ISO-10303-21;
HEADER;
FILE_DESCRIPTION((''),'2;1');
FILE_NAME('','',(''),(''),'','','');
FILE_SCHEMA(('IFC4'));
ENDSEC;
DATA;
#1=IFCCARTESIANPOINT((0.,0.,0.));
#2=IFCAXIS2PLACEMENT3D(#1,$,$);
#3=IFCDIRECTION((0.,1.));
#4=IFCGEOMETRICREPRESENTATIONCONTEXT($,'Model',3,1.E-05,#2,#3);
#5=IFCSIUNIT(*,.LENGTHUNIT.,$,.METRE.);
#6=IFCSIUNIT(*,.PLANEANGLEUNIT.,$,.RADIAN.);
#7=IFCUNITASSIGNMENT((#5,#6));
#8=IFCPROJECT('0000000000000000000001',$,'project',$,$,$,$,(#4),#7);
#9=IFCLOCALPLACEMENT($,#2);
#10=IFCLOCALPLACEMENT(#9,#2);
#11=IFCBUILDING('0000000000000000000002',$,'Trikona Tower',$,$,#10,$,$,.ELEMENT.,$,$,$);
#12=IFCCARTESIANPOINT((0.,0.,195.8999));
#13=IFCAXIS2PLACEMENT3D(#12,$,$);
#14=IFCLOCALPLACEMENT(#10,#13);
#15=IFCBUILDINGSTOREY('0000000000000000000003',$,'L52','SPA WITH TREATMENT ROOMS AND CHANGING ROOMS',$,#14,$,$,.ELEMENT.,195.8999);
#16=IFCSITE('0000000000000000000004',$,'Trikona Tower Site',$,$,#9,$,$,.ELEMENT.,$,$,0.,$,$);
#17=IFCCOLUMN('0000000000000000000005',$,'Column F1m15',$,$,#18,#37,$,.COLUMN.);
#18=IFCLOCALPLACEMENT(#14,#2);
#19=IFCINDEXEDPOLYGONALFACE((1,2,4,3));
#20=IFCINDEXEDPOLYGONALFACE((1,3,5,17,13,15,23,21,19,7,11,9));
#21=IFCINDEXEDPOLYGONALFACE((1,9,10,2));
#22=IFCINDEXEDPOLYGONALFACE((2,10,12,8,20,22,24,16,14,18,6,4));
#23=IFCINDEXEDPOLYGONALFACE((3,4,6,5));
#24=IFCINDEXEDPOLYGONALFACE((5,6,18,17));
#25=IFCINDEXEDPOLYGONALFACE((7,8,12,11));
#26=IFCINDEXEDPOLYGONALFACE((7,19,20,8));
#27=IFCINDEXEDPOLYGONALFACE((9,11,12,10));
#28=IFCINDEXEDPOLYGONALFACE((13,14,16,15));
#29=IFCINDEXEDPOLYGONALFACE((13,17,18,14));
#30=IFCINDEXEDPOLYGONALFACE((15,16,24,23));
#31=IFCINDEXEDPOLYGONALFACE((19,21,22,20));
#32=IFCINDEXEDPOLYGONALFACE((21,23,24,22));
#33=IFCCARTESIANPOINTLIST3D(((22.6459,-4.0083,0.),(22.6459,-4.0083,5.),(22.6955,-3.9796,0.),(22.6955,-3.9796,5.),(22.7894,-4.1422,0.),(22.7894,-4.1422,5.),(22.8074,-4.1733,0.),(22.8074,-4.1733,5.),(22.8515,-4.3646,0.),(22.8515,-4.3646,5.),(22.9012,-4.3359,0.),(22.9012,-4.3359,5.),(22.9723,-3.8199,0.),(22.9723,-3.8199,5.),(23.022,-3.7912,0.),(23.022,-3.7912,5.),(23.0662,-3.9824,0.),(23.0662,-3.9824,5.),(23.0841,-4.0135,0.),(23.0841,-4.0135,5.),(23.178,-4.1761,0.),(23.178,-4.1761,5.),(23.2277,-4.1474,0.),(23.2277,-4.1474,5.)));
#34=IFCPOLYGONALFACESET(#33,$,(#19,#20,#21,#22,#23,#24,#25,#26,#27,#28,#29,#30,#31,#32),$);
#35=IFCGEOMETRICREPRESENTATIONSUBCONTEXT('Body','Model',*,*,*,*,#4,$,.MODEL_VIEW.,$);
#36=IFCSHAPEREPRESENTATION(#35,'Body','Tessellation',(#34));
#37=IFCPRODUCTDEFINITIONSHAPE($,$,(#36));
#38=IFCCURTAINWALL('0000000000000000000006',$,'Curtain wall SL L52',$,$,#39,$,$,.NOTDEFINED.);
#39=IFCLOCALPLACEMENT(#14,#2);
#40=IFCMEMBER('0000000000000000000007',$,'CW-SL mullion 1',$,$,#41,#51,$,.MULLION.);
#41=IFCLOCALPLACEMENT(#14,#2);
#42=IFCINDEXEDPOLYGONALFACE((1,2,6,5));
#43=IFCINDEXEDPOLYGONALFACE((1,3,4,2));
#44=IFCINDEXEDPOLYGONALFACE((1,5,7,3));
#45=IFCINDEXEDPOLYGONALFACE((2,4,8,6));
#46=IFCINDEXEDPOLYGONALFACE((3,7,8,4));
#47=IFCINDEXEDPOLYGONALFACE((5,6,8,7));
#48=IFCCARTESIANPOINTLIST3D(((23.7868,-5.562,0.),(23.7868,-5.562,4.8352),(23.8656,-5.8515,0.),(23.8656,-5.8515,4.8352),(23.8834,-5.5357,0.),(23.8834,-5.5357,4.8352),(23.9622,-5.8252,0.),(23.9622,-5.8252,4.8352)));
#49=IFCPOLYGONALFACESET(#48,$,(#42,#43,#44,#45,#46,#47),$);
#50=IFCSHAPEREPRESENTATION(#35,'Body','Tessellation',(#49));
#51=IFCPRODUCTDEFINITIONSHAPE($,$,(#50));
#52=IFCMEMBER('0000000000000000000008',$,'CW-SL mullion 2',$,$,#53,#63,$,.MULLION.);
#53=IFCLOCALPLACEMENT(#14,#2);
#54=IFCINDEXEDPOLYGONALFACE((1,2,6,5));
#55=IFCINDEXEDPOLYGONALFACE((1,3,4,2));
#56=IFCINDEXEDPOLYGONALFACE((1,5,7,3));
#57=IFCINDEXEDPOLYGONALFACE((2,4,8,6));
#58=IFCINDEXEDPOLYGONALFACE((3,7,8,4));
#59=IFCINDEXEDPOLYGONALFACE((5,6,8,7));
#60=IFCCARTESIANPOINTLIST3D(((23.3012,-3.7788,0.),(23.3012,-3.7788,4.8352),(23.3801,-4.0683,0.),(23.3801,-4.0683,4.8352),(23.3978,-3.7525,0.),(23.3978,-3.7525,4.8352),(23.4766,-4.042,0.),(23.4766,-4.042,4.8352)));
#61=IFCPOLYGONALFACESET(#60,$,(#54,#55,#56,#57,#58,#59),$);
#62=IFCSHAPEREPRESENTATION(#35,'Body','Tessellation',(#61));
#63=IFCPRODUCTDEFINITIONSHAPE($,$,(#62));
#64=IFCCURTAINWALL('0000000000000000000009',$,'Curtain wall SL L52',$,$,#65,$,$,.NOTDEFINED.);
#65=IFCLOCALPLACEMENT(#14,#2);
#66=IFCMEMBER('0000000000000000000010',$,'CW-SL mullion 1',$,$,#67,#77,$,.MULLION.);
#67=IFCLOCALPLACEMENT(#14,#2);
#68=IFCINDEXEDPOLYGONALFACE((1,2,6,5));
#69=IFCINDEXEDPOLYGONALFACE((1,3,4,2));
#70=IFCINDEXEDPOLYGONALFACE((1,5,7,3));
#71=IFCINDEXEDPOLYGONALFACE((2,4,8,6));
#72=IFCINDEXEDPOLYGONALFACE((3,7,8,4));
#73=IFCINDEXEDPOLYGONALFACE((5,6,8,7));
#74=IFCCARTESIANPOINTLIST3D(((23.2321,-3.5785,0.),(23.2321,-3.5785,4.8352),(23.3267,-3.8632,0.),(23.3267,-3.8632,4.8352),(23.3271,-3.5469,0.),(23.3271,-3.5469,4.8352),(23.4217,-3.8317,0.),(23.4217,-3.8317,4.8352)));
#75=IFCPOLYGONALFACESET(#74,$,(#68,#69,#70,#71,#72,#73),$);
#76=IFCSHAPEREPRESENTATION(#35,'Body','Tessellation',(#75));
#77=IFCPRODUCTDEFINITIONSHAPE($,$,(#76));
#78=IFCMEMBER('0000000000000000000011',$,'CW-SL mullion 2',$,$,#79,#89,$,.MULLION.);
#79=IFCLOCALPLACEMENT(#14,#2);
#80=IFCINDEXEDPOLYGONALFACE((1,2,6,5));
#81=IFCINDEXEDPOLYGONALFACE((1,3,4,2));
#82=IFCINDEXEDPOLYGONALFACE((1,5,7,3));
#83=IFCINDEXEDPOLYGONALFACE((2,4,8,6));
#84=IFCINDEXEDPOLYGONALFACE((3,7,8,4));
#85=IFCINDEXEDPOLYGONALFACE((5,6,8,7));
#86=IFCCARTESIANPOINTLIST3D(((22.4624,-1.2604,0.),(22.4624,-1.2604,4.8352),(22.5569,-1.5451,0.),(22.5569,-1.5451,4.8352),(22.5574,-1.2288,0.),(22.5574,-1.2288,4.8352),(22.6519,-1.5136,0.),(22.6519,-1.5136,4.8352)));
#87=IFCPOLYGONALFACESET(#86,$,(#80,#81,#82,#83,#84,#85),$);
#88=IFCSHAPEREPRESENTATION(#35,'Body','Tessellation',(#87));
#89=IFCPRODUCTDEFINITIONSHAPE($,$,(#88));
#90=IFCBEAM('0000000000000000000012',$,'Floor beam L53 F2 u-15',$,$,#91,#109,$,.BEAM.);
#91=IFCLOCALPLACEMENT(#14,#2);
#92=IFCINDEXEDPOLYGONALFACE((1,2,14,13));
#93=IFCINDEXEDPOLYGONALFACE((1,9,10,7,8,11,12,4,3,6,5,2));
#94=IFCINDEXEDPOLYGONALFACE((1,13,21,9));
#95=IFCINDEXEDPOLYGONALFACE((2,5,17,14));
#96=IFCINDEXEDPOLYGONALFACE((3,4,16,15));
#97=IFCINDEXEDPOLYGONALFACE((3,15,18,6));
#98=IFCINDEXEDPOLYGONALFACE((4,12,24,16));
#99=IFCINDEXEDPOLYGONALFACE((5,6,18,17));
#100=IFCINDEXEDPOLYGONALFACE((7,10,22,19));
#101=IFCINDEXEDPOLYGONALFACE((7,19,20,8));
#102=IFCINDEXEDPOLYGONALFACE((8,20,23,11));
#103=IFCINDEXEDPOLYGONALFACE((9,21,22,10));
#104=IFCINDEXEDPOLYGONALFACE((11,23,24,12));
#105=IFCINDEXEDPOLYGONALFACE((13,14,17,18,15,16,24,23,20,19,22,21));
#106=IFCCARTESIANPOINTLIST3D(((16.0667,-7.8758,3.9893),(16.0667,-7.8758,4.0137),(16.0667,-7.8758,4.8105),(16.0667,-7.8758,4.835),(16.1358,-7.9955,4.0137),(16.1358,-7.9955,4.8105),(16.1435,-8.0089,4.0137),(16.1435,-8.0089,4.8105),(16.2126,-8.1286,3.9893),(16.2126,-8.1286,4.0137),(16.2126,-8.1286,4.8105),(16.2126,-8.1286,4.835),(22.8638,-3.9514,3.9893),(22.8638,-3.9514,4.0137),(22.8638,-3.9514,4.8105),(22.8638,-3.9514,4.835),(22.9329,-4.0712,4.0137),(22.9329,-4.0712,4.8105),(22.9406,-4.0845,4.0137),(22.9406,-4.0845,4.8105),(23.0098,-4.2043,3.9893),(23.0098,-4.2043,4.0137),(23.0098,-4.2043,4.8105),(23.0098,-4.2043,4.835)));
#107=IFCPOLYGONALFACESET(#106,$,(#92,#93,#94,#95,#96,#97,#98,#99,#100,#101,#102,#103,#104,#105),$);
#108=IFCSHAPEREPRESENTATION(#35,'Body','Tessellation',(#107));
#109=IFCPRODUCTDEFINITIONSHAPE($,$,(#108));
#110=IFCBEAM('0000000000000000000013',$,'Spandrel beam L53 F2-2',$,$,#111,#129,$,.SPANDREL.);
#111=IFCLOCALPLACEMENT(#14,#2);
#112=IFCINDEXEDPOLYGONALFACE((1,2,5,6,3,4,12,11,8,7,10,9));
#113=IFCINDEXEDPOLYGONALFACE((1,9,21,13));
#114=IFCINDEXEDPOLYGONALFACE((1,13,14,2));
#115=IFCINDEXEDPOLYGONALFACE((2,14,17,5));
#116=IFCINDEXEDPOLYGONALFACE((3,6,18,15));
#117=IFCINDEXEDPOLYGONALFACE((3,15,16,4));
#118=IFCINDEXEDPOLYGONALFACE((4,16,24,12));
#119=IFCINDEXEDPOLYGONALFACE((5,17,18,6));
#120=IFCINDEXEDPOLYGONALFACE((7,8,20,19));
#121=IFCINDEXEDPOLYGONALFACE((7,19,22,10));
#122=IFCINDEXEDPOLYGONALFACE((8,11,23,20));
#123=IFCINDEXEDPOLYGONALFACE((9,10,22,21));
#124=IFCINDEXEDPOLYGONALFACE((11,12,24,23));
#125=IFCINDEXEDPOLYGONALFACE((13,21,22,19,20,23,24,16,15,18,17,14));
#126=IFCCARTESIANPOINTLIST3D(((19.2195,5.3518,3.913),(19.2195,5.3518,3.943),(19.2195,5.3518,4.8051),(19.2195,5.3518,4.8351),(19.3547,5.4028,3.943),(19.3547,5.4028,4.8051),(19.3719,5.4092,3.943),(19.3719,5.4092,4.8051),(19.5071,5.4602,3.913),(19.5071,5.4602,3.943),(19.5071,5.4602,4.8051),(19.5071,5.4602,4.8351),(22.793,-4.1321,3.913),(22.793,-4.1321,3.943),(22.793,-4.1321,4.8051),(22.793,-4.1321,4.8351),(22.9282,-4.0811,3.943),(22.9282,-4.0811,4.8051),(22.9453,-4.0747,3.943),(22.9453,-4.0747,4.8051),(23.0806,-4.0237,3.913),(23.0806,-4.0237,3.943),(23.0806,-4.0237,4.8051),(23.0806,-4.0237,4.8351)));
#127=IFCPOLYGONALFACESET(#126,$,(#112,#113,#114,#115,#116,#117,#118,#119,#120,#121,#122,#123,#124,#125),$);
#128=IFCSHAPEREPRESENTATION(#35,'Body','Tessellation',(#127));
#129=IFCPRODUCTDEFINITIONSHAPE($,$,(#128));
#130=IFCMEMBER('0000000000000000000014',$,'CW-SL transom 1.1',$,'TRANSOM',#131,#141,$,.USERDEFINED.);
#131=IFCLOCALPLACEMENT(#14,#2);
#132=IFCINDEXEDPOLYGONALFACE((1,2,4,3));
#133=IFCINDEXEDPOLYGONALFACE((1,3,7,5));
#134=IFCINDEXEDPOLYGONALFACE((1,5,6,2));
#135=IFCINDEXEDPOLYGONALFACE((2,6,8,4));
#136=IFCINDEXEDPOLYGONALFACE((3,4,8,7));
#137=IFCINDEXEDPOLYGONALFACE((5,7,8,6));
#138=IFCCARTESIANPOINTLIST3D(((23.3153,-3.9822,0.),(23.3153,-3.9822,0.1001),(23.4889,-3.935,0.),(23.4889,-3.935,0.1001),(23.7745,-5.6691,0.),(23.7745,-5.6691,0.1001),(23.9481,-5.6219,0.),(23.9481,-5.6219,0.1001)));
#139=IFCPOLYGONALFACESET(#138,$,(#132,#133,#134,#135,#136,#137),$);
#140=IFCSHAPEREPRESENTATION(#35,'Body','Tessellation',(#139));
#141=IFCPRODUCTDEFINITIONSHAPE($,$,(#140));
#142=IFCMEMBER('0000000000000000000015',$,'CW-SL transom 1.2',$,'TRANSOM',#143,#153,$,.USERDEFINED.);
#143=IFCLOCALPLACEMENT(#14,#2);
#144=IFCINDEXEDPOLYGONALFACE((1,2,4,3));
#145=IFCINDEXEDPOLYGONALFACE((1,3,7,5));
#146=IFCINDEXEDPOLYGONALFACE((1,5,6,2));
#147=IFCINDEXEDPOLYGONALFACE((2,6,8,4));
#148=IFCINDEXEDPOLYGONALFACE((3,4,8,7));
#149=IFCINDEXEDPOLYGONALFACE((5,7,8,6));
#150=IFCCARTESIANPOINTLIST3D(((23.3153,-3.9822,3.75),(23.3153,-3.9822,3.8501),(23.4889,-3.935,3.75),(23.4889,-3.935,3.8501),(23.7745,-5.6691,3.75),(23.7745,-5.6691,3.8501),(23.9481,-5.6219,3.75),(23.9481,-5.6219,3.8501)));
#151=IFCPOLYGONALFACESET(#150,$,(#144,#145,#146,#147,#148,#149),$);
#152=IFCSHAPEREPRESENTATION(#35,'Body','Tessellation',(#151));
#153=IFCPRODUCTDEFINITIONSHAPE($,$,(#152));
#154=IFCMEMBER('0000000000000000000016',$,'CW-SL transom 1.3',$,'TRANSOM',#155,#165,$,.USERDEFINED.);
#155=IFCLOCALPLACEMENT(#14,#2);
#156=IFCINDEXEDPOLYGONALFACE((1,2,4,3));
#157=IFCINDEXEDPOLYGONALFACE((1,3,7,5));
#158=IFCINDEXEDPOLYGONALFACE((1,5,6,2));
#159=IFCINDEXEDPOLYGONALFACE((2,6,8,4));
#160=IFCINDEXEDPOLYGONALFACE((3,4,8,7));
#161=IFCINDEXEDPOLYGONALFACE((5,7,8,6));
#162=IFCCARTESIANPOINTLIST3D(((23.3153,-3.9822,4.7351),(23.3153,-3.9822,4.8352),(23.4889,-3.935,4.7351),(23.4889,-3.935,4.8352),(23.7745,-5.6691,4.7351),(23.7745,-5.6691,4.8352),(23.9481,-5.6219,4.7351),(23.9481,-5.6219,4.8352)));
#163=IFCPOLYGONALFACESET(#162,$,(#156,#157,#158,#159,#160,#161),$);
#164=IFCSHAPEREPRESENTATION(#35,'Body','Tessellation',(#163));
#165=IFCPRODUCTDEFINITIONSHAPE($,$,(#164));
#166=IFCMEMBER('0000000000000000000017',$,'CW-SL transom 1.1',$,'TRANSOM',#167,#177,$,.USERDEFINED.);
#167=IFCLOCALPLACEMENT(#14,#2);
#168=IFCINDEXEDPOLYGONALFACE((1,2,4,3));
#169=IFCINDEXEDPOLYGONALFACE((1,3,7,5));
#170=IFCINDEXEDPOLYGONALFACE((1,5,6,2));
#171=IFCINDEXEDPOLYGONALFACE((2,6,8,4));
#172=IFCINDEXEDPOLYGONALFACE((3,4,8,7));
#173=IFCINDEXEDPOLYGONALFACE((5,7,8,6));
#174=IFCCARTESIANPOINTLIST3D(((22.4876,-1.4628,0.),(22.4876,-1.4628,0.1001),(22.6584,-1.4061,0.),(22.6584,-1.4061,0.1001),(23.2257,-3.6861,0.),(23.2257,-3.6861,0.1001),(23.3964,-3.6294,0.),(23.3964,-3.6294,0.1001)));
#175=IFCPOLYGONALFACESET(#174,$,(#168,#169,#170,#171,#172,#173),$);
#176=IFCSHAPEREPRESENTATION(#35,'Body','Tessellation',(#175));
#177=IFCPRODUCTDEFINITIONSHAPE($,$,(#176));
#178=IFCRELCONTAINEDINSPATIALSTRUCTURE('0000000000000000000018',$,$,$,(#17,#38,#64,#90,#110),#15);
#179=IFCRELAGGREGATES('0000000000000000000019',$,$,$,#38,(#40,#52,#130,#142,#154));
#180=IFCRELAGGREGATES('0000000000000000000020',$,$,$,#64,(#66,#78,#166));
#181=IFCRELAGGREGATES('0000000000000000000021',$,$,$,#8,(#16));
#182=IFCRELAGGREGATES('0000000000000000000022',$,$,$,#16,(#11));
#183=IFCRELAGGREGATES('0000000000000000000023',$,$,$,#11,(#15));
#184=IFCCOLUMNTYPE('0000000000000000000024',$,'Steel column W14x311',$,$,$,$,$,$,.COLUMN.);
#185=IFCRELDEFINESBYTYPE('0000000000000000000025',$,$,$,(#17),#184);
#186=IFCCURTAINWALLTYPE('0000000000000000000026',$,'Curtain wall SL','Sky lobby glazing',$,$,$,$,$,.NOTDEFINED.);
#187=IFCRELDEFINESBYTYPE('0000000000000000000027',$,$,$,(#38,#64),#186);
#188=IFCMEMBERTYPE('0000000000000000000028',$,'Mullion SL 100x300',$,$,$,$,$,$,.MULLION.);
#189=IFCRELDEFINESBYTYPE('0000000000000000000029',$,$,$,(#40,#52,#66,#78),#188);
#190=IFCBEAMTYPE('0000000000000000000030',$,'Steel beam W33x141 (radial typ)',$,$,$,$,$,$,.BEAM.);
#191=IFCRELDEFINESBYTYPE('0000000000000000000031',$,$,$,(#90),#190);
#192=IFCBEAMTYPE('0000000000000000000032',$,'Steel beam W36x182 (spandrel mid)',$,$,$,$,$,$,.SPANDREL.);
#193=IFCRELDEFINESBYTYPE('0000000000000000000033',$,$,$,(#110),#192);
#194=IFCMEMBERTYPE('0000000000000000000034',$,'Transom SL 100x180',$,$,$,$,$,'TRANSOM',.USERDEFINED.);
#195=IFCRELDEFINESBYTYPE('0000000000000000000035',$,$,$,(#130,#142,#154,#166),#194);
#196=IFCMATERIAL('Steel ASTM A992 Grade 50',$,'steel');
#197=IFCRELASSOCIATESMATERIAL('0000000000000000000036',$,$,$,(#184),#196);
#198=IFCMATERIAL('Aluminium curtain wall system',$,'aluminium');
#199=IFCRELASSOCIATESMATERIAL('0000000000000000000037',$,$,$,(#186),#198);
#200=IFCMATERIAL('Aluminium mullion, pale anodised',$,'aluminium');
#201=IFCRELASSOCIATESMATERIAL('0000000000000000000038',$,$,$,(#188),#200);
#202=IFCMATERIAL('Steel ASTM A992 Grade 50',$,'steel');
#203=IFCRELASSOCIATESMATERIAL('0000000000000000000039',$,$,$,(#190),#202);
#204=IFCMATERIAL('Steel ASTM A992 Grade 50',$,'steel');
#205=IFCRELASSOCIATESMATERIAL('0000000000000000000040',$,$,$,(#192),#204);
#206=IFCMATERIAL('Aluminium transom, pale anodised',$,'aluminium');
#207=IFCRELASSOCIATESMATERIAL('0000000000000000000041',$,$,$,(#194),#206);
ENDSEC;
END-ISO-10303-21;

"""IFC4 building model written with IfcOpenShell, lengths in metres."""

from ifc_helpers import new_model, si_unit, direction, frame, origin, origin_2d, place, context, subcontext, project, spatial, rectangle, i_section, extrude, material, material_profile, profile_set, type_object, element, aggregate, save


model = new_model("IFC4")

# Units and contexts
model_context = context("Model", 3, precision=1e-05, world=origin(), true_north=direction((0.0, 1.0)))
body_context = subcontext(model_context, "Body", "Model", "MODEL_VIEW")
ifc_project = project(units=[si_unit("LENGTHUNIT", "METRE"), si_unit("PLANEANGLEUNIT", "RADIAN")], contexts=[model_context])

# Site, building, storey
site_placement = place(None, origin())
site = spatial("IfcSite", under=ifc_project, at=site_placement, Name="Trikona Tower Site", CompositionType="ELEMENT", RefElevation=0.0)
building_placement = place(site_placement, origin())
building = spatial("IfcBuilding", under=site, at=building_placement, Name="Trikona Tower", CompositionType="ELEMENT")
storey_placement = place(building_placement, frame((0.0, 0.0, 195.8999)))
storey = spatial("IfcBuildingStorey", under=building, at=storey_placement, Name="L52", Description="SPA WITH TREATMENT ROOMS AND CHANGING ROOMS", CompositionType="ELEMENT", Elevation=195.8999)

# Column
ifc_material_1 = material(Name="Steel ASTM A992 Grade 50", Category="steel")
ifc_material_profile_1 = material_profile(ifc_material_1, i_section(OverallWidth=0.4114, OverallDepth=0.4343, WebThickness=0.0359, FlangeThickness=0.0574, at=origin_2d()), Name="W14X311")
ifc_profile_set_1 = profile_set([ifc_material_profile_1], Name="Steel ASTM A992 Grade 50")
column_type = type_object("IfcColumnType", Name="Steel column W14x311", PredefinedType="COLUMN", material=ifc_profile_set_1)
column_placement = place(storey_placement, frame((22.9368, -4.0779, 0.0), z_axis=(0.0, 0.0, 1.0), x_axis=(-0.5, 0.866025, 0.0)))
element("IfcColumn", 1, at=column_placement, inside=storey, type_object=column_type, Name="Column F1m15", PredefinedType="COLUMN", context=body_context, shape_type="SweptSolid", body=[
    extrude(i_section(OverallWidth=0.4114, OverallDepth=0.4343, WebThickness=0.0359, FlangeThickness=0.0574, at=origin_2d()), origin(), (0.0, 0.0, 1.0), 5.0),
])

# Curtain walls, members
ifc_material_2 = material(Name="Aluminium curtain wall system", Category="aluminium")
curtain_wall_type = type_object("IfcCurtainWallType", Name="Curtain wall SL", Description="Sky lobby glazing", PredefinedType="NOTDEFINED", material=ifc_material_2)
curtain_wall_1_placement = place(storey_placement, origin())
curtain_wall_1 = element("IfcCurtainWall", 2, at=curtain_wall_1_placement, inside=storey, type_object=curtain_wall_type, Name="Curtain wall SL L52", PredefinedType="NOTDEFINED")
ifc_material_3 = material(Name="Aluminium mullion, pale anodised", Category="aluminium")
ifc_material_profile_2 = material_profile(ifc_material_3, rectangle(XDim=0.1001, YDim=0.3, at=origin_2d()), Name="MUL-SL")
ifc_profile_set_2 = profile_set([ifc_material_profile_2], Name="Aluminium mullion, pale anodised")
member_type_1 = type_object("IfcMemberType", Name="Mullion SL 100x300", PredefinedType="MULLION", material=ifc_profile_set_2)
member_1_placement = place(storey_placement, frame((23.8745, -5.6936, 0.0), z_axis=(0.0, 0.0, 1.0), x_axis=(-0.964851, -0.262796, 0.0)))
member_1 = element("IfcMember", 3, at=member_1_placement, type_object=member_type_1, Name="CW-SL mullion 1", PredefinedType="MULLION", context=body_context, shape_type="SweptSolid", body=[
    extrude(rectangle(XDim=0.1001, YDim=0.3, at=origin_2d()), origin(), (0.0, 0.0, 1.0), 4.8352),
])
member_2_placement = place(storey_placement, frame((23.3889, -3.9104, 0.0), z_axis=(0.0, 0.0, 1.0), x_axis=(-0.964851, -0.262796, 0.0)))
member_2 = element("IfcMember", 4, at=member_2_placement, type_object=member_type_1, Name="CW-SL mullion 2", PredefinedType="MULLION", context=body_context, shape_type="SweptSolid", body=[
    extrude(rectangle(XDim=0.1001, YDim=0.3, at=origin_2d()), origin(), (0.0, 0.0, 1.0), 4.8352),
])
curtain_wall_2_placement = place(storey_placement, origin())
curtain_wall_2 = element("IfcCurtainWall", 5, at=curtain_wall_2_placement, inside=storey, type_object=curtain_wall_type, Name="Curtain wall SL L52", PredefinedType="NOTDEFINED")
member_3_placement = place(storey_placement, frame((23.3269, -3.7051, 0.0), z_axis=(0.0, 0.0, 1.0), x_axis=(-0.94906, -0.315096, 0.0)))
member_3 = element("IfcMember", 6, at=member_3_placement, type_object=member_type_1, Name="CW-SL mullion 1", PredefinedType="MULLION", context=body_context, shape_type="SweptSolid", body=[
    extrude(rectangle(XDim=0.1001, YDim=0.3, at=origin_2d()), origin(), (0.0, 0.0, 1.0), 4.8352),
])
member_4_placement = place(storey_placement, frame((22.5571, -1.387, 0.0), z_axis=(0.0, 0.0, 1.0), x_axis=(-0.94906, -0.315096, 0.0)))
member_4 = element("IfcMember", 7, at=member_4_placement, type_object=member_type_1, Name="CW-SL mullion 2", PredefinedType="MULLION", context=body_context, shape_type="SweptSolid", body=[
    extrude(rectangle(XDim=0.1001, YDim=0.3, at=origin_2d()), origin(), (0.0, 0.0, 1.0), 4.8352),
])

# Beams
ifc_material_4 = material(Name="Steel ASTM A992 Grade 50", Category="steel")
ifc_material_profile_3 = material_profile(ifc_material_4, i_section(OverallWidth=0.292, OverallDepth=0.8457, WebThickness=0.0154, FlangeThickness=0.0244, at=origin_2d()), Name="W33X141")
ifc_profile_set_3 = profile_set([ifc_material_profile_3], Name="Steel ASTM A992 Grade 50")
beam_type_1 = type_object("IfcBeamType", Name="Steel beam W33x141 (radial typ)", PredefinedType="BEAM", material=ifc_profile_set_3)
beam_1_placement = place(storey_placement, frame((16.1396, -8.0022, 4.4121), z_axis=(0.866026, 0.5, 0.0), x_axis=(-0.5, 0.866026, 0.0)))
element("IfcBeam", 8, at=beam_1_placement, inside=storey, type_object=beam_type_1, Name="Floor beam L53 F2 u-15", PredefinedType="BEAM", context=body_context, shape_type="SweptSolid", body=[
    extrude(i_section(OverallWidth=0.292, OverallDepth=0.8457, WebThickness=0.0154, FlangeThickness=0.0244, at=origin_2d()), origin(), (0.0, 0.0, 1.0), 7.8486),
])
ifc_material_5 = material(Name="Steel ASTM A992 Grade 50", Category="steel")
ifc_material_profile_4 = material_profile(ifc_material_5, i_section(OverallWidth=0.3074, OverallDepth=0.9221, WebThickness=0.0183, FlangeThickness=0.03, at=origin_2d()), Name="W36X182")
ifc_profile_set_4 = profile_set([ifc_material_profile_4], Name="Steel ASTM A992 Grade 50")
beam_type_2 = type_object("IfcBeamType", Name="Steel beam W36x182 (spandrel mid)", PredefinedType="SPANDREL", material=ifc_profile_set_4)
beam_2_placement = place(storey_placement, frame((22.9368, -4.0779, 4.374), z_axis=(-0.352596, 0.935776, 0.0), x_axis=(-0.935776, -0.352596, 0.0)))
element("IfcBeam", 9, at=beam_2_placement, inside=storey, type_object=beam_type_2, Name="Spandrel beam L53 F2-2", PredefinedType="SPANDREL", context=body_context, shape_type="SweptSolid", body=[
    extrude(i_section(OverallWidth=0.3074, OverallDepth=0.9221, WebThickness=0.0183, FlangeThickness=0.03, at=origin_2d()), origin(), (0.0, 0.0, 1.0), 10.1348),
])

# Members
ifc_material_6 = material(Name="Aluminium transom, pale anodised", Category="aluminium")
ifc_material_profile_5 = material_profile(ifc_material_6, rectangle(XDim=0.1799, YDim=0.1001, at=origin_2d()), Name="TRN-SL")
ifc_profile_set_5 = profile_set([ifc_material_profile_5], Name="Aluminium transom, pale anodised")
member_type_2 = type_object("IfcMemberType", Name="Transom SL 100x180", ElementType="TRANSOM", PredefinedType="USERDEFINED", material=ifc_profile_set_5)
member_5_placement = place(storey_placement, frame((23.8613, -5.6455, 0.05), z_axis=(-0.262657, 0.964889, 0.0), x_axis=(-0.964889, -0.262657, 0.0)))
member_5 = element("IfcMember", 10, at=member_5_placement, type_object=member_type_2, Name="CW-SL transom 1.1", ObjectType="TRANSOM", PredefinedType="USERDEFINED", context=body_context, shape_type="SweptSolid", body=[
    extrude(rectangle(XDim=0.1799, YDim=0.1001, at=origin_2d()), origin(), (0.0, 0.0, 1.0), 1.7483),
])
member_6_placement = place(storey_placement, frame((23.8613, -5.6455, 3.8), z_axis=(-0.262657, 0.964889, 0.0), x_axis=(-0.964889, -0.262657, 0.0)))
member_6 = element("IfcMember", 11, at=member_6_placement, type_object=member_type_2, Name="CW-SL transom 1.2", ObjectType="TRANSOM", PredefinedType="USERDEFINED", context=body_context, shape_type="SweptSolid", body=[
    extrude(rectangle(XDim=0.1799, YDim=0.1001, at=origin_2d()), origin(), (0.0, 0.0, 1.0), 1.7483),
])
member_7_placement = place(storey_placement, frame((23.8613, -5.6455, 4.7852), z_axis=(-0.262657, 0.964889, 0.0), x_axis=(-0.964889, -0.262657, 0.0)))
member_7 = element("IfcMember", 12, at=member_7_placement, type_object=member_type_2, Name="CW-SL transom 1.3", ObjectType="TRANSOM", PredefinedType="USERDEFINED", context=body_context, shape_type="SweptSolid", body=[
    extrude(rectangle(XDim=0.1799, YDim=0.1001, at=origin_2d()), origin(), (0.0, 0.0, 1.0), 1.7483),
])
member_8_placement = place(storey_placement, frame((23.311, -3.6577, 0.05), z_axis=(-0.315071, 0.949068, 0.0), x_axis=(-0.949068, -0.315071, 0.0)))
member_8 = element("IfcMember", 13, at=member_8_placement, type_object=member_type_2, Name="CW-SL transom 1.1", ObjectType="TRANSOM", PredefinedType="USERDEFINED", context=body_context, shape_type="SweptSolid", body=[
    extrude(rectangle(XDim=0.1799, YDim=0.1001, at=origin_2d()), origin(), (0.0, 0.0, 1.0), 2.3425),
])

aggregate(curtain_wall_1, [member_1, member_2, member_5, member_6, member_7])
aggregate(curtain_wall_2, [member_3, member_4, member_8])

save(model, "model.ifc")
